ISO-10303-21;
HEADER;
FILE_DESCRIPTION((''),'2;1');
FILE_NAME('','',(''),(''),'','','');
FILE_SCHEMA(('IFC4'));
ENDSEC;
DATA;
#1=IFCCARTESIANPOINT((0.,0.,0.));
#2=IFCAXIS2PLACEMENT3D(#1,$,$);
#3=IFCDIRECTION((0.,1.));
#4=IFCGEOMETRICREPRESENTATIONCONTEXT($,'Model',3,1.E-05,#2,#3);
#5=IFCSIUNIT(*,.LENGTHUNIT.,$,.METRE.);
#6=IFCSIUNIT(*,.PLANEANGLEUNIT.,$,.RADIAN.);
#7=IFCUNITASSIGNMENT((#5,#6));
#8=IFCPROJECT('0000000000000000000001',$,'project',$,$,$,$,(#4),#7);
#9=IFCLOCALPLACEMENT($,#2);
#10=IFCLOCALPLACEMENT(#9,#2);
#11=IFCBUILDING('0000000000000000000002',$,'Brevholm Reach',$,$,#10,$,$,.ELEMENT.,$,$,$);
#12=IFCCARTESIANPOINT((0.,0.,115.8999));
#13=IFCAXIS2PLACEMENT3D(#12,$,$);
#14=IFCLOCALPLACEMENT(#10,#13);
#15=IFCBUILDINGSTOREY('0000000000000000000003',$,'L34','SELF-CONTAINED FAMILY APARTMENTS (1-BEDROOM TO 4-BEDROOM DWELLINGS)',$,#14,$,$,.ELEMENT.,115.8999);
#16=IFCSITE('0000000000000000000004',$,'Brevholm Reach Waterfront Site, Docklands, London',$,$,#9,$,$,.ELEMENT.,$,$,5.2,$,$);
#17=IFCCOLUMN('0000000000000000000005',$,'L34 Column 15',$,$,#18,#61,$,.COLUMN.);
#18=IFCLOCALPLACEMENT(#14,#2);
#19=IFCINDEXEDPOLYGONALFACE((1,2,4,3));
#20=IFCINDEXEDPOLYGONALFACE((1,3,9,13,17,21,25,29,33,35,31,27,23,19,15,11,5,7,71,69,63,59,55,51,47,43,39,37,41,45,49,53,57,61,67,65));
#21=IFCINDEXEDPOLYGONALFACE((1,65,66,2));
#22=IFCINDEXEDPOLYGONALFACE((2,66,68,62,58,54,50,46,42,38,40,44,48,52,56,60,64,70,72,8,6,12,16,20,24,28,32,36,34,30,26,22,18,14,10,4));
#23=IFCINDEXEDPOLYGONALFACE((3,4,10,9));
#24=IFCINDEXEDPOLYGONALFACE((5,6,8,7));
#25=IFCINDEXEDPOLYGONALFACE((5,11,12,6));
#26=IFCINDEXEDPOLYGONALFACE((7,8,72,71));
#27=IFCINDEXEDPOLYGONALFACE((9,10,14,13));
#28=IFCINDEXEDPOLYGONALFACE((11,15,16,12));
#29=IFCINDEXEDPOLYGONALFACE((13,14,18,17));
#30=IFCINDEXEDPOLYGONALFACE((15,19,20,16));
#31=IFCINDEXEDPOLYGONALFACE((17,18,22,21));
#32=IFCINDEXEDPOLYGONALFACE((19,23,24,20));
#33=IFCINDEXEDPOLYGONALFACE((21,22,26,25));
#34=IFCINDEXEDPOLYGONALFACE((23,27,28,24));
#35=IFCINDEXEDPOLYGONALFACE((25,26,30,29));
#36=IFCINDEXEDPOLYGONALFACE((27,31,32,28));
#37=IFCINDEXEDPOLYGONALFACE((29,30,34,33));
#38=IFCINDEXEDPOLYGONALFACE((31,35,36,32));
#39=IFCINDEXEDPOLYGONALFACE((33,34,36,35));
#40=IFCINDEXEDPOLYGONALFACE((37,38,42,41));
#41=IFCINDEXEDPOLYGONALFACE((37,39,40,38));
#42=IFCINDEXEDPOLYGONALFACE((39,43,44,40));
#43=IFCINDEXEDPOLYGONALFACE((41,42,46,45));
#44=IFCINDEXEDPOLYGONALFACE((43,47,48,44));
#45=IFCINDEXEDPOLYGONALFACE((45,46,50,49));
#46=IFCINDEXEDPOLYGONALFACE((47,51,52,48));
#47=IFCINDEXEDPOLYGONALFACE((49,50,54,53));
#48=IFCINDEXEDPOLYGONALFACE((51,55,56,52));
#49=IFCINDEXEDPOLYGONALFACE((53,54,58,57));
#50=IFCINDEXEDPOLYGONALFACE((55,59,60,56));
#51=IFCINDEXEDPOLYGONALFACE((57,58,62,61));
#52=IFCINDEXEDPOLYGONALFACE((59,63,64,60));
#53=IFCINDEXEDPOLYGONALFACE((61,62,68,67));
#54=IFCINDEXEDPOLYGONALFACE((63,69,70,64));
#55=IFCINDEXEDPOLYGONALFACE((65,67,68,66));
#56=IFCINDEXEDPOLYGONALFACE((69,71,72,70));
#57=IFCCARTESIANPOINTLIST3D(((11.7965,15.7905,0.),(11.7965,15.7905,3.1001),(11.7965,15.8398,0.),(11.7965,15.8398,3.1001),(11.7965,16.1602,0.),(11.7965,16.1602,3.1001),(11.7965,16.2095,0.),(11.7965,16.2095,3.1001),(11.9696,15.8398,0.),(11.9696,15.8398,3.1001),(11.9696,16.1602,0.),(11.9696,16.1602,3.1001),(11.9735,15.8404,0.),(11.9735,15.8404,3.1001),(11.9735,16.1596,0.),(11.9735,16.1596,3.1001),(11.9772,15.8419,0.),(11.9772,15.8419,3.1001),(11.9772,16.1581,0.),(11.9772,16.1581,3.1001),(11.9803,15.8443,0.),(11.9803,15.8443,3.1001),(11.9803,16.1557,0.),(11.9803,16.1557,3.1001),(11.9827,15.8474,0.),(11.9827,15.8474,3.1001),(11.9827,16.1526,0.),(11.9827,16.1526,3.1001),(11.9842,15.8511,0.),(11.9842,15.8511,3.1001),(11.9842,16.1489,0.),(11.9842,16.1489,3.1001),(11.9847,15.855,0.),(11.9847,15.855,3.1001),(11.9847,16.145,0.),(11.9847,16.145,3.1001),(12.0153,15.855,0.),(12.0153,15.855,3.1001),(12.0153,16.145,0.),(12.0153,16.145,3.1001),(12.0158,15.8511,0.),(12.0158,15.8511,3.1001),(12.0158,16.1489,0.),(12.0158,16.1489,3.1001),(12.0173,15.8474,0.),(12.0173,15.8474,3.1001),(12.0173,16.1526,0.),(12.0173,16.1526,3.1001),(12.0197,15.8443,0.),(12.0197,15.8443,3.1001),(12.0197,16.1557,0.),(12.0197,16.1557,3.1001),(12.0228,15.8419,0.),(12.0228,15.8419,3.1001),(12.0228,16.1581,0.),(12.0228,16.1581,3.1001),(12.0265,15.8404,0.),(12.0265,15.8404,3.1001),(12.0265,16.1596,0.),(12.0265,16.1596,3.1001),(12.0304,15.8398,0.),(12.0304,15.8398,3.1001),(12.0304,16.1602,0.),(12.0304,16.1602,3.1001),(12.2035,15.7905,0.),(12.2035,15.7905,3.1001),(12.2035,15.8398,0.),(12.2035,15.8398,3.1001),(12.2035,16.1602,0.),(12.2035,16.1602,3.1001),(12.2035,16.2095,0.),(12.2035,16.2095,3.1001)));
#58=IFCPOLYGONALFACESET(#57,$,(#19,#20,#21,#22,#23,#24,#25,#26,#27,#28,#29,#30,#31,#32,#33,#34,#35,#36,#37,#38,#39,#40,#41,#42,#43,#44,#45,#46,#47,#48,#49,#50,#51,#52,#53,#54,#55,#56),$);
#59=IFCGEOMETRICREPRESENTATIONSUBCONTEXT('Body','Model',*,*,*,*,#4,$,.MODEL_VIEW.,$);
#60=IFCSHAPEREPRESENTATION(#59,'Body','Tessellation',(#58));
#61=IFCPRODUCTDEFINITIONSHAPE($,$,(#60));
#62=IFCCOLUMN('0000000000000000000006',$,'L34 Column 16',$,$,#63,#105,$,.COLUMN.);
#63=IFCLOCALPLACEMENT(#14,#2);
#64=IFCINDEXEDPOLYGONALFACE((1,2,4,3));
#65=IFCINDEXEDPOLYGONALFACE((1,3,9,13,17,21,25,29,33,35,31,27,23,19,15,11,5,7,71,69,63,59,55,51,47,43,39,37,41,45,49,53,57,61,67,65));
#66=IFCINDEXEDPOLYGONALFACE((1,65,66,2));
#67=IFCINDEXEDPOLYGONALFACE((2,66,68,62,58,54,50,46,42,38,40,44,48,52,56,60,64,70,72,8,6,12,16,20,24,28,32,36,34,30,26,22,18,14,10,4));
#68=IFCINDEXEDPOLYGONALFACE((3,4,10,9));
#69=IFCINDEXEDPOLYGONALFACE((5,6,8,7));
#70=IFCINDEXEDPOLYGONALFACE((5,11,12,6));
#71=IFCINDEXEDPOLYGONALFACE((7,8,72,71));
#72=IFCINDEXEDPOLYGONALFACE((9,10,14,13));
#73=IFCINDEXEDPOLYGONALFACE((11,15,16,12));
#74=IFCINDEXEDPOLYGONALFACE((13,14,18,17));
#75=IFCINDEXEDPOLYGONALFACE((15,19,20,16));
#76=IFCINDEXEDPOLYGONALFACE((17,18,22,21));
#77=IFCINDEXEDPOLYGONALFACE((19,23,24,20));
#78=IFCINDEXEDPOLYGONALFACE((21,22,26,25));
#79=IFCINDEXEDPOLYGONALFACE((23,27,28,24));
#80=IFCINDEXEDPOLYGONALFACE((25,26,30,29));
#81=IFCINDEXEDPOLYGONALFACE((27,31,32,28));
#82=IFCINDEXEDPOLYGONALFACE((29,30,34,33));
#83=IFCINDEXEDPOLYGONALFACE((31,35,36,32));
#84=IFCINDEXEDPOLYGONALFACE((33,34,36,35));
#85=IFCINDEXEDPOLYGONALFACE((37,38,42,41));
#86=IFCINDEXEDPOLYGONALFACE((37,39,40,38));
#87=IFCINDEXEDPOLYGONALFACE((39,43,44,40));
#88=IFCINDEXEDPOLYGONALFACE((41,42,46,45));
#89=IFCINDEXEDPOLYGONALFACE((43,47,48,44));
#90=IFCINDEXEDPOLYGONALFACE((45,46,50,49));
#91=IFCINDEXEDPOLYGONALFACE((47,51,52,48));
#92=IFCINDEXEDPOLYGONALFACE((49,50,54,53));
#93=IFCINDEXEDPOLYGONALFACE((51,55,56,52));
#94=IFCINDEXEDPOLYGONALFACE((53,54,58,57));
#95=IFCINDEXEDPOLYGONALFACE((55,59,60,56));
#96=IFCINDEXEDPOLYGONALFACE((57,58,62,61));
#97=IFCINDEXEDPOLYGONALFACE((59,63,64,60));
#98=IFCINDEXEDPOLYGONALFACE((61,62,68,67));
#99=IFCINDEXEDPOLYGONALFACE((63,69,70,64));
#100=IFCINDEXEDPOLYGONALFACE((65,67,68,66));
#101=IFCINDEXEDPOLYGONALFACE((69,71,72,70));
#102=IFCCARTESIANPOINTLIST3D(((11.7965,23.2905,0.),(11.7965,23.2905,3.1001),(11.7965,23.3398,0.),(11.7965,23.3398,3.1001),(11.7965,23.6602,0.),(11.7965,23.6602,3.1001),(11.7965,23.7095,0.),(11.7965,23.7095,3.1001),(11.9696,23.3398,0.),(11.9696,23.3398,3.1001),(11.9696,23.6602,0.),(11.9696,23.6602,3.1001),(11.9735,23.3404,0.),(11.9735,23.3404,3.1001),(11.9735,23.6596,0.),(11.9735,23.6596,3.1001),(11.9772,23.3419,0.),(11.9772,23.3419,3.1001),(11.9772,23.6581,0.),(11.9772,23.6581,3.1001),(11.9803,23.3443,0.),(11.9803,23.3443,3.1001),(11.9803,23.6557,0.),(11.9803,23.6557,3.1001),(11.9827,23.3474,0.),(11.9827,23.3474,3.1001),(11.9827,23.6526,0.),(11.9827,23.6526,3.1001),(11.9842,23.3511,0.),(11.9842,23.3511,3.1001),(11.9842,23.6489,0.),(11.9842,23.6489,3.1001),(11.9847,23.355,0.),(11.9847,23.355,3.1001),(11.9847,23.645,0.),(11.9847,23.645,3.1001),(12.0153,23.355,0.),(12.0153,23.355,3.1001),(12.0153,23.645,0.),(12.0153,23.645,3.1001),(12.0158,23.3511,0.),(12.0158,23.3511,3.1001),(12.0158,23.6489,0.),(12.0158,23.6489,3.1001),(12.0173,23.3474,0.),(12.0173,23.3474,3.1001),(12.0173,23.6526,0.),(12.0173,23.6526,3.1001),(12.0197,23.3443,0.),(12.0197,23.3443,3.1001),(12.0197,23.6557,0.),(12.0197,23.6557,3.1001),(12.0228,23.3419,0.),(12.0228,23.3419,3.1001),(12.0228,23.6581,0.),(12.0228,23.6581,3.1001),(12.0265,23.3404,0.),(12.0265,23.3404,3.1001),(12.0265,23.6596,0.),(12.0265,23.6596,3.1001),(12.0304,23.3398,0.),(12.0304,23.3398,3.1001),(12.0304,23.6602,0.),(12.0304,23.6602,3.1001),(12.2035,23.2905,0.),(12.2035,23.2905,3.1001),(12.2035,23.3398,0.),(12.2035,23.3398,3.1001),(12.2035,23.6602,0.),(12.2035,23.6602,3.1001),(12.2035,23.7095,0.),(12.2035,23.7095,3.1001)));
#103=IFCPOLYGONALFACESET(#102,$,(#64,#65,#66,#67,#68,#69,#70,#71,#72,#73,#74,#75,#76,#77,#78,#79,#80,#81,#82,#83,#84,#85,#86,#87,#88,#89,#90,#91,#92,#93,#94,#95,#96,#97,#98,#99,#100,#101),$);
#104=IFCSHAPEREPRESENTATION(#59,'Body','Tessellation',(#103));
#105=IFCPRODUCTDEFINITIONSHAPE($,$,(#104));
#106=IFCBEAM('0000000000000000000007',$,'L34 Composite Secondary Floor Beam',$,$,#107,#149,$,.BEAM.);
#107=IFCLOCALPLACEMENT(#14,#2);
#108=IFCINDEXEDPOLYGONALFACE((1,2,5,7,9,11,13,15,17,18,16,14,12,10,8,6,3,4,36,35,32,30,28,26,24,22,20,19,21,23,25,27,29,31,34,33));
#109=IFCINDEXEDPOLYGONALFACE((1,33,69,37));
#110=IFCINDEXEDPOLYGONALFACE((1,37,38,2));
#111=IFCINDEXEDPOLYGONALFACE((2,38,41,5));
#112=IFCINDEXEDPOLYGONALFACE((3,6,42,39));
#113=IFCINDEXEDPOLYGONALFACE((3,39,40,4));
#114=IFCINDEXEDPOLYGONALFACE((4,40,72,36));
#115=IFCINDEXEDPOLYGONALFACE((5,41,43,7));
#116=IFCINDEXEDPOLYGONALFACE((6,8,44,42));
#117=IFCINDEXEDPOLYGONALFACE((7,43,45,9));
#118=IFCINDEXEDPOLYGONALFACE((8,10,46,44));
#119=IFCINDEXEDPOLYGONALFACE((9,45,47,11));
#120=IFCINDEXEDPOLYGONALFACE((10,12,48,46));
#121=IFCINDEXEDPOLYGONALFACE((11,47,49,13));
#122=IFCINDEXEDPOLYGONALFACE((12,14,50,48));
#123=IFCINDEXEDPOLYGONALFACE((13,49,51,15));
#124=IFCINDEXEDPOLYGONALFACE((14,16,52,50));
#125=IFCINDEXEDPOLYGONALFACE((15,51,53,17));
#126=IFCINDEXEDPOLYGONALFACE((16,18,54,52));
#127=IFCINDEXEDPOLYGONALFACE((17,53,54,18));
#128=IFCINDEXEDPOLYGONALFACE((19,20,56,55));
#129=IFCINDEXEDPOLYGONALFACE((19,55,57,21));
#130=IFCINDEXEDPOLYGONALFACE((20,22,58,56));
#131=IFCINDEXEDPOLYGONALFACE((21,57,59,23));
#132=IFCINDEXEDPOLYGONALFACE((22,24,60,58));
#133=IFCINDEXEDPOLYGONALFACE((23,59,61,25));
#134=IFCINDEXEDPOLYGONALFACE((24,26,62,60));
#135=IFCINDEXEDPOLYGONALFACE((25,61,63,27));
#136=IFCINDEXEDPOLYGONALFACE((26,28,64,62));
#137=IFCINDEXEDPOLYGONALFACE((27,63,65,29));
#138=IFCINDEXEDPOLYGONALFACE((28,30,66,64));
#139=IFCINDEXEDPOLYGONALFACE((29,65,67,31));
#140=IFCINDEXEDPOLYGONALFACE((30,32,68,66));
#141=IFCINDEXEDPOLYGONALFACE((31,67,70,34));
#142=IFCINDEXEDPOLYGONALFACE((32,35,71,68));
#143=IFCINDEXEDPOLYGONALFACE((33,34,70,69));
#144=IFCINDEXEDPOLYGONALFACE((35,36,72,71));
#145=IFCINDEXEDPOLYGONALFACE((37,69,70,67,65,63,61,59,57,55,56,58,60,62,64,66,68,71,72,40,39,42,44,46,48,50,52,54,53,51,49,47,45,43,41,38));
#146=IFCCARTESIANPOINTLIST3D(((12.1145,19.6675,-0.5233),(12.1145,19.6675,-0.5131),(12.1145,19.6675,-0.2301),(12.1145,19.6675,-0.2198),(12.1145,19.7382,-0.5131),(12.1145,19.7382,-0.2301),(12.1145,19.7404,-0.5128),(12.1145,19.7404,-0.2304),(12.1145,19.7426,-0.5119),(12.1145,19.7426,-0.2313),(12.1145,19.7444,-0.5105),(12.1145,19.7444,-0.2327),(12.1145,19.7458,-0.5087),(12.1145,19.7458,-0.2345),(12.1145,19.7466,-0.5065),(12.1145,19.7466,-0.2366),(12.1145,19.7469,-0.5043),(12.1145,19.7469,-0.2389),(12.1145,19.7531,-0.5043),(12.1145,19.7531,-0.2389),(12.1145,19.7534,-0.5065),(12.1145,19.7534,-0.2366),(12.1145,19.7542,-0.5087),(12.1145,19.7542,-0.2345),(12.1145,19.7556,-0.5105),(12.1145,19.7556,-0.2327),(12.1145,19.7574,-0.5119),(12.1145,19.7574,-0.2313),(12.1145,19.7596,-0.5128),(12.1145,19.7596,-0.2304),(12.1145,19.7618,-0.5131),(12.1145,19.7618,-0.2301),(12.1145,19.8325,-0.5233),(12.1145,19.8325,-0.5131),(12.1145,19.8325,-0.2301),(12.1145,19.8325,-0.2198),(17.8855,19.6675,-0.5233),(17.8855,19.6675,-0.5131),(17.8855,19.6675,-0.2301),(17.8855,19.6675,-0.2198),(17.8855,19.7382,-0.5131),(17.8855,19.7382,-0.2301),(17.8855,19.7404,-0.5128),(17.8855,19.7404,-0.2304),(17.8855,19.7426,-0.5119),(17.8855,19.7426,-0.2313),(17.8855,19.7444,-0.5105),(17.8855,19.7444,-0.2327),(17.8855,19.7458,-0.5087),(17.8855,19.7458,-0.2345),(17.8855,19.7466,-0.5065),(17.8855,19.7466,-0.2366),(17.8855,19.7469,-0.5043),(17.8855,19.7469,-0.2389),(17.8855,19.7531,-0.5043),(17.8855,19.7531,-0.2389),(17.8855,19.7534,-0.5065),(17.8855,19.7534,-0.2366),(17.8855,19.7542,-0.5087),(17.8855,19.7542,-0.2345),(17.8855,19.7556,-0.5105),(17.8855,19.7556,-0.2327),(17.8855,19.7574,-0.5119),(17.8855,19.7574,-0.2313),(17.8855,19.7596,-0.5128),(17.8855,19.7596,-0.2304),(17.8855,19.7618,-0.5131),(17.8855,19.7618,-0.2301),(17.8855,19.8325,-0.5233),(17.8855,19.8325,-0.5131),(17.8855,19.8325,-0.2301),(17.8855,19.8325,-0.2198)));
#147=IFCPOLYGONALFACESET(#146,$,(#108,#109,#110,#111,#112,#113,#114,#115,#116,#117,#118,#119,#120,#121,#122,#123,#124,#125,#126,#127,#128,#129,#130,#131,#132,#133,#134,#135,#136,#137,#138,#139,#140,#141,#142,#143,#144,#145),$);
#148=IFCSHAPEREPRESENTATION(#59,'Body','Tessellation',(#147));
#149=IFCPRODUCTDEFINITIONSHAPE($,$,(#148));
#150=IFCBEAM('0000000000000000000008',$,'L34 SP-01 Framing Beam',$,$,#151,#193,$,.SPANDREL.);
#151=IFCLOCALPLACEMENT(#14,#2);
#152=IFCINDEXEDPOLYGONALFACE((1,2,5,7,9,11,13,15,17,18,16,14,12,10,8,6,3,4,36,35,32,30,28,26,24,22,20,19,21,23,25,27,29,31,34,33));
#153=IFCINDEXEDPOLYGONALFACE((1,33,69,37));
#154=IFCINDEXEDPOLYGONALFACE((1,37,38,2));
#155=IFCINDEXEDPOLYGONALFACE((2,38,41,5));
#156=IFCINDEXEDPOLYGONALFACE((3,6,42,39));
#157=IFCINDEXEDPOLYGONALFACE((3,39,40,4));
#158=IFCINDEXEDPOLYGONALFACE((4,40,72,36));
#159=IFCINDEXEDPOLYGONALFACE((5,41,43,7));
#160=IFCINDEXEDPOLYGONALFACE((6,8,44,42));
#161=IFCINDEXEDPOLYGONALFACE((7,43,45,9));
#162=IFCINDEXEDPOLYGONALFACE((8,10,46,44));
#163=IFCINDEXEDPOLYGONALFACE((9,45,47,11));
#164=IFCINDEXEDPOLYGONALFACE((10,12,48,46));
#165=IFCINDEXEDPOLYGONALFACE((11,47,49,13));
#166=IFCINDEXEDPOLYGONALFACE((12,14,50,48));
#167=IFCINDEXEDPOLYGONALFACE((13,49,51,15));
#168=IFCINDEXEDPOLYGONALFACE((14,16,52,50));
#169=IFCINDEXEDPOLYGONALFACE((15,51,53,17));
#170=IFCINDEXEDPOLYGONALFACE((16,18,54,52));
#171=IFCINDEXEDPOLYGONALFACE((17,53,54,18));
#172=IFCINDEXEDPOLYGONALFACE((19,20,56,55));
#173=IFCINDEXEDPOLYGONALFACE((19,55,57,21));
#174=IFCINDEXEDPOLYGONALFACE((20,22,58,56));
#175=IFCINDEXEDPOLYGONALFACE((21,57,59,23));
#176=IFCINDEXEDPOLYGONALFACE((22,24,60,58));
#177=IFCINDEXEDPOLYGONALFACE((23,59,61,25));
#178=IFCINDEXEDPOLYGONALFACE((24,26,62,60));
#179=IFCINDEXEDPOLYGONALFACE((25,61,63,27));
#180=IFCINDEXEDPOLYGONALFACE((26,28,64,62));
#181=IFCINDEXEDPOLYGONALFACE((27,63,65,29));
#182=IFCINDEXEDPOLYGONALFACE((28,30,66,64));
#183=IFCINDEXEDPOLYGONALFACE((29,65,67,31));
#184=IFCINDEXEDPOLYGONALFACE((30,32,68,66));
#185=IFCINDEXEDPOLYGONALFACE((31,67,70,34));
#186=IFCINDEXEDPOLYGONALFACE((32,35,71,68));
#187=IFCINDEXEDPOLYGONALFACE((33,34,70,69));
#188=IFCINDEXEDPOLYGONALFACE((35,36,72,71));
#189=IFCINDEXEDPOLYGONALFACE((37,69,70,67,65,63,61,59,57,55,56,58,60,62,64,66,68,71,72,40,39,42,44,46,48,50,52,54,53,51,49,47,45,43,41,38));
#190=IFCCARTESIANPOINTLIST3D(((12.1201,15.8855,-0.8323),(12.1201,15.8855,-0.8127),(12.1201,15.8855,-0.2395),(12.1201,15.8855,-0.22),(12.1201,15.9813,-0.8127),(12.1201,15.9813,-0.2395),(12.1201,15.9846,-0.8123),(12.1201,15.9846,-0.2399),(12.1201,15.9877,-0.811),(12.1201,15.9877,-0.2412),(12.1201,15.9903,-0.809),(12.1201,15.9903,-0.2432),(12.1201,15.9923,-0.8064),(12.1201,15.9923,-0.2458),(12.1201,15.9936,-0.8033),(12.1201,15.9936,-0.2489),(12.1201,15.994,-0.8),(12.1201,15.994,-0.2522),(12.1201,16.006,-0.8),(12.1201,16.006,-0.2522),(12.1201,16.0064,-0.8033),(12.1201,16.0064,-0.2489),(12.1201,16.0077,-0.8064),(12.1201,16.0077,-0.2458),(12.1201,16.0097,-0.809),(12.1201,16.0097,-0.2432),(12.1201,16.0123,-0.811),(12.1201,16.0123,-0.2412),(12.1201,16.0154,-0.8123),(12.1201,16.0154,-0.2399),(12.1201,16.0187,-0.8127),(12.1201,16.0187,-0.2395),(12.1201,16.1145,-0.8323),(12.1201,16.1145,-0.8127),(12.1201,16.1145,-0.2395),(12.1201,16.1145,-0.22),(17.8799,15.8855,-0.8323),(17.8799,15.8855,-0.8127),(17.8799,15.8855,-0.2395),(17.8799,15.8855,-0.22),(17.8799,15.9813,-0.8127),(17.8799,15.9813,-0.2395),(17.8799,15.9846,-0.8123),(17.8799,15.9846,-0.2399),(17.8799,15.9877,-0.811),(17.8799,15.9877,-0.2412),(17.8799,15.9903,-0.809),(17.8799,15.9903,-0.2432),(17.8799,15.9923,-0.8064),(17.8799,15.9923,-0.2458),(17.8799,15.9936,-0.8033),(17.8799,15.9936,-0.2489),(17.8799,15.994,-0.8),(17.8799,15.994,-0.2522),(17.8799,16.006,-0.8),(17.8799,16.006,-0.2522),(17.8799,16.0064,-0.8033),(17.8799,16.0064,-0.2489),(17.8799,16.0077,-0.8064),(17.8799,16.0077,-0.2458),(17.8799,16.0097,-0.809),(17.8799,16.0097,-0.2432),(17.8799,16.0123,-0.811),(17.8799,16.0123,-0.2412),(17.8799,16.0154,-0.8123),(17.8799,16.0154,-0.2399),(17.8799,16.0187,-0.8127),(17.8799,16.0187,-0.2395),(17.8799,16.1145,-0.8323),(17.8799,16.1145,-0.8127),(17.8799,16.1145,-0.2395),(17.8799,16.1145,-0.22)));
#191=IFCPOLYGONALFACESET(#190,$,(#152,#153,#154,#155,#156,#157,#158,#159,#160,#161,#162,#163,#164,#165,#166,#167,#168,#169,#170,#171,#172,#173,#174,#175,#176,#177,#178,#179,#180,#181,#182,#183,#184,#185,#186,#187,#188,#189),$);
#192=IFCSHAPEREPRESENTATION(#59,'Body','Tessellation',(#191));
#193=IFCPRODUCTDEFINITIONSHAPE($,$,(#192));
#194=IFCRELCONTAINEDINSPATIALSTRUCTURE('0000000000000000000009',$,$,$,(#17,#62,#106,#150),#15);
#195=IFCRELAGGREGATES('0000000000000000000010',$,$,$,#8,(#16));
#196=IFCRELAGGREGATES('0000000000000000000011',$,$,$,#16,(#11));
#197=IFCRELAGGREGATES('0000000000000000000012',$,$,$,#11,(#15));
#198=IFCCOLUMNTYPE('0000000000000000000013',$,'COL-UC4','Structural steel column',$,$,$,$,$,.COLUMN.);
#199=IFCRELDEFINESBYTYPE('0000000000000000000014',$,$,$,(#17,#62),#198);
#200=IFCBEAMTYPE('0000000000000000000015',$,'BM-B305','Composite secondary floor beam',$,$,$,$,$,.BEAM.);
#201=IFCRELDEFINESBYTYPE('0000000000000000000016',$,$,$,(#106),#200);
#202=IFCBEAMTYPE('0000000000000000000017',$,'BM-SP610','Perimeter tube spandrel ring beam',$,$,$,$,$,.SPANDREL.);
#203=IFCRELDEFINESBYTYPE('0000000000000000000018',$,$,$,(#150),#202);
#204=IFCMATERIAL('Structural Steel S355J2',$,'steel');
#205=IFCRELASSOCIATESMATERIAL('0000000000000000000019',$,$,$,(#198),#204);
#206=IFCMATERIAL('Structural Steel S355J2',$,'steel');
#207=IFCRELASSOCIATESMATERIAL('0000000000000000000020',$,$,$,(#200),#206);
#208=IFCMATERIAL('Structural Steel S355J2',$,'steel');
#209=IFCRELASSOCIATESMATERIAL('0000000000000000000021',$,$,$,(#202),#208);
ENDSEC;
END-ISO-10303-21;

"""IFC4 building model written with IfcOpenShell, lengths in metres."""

from ifc_helpers import new_model, si_unit, direction, frame, origin, origin_2d, place, context, subcontext, project, spatial, i_section, extrude, material, material_profile, profile_set, type_object, element, save


model = new_model("IFC4")

# Units and contexts
model_context = context("Model", 3, precision=1e-05, world=origin(), true_north=direction((0.0, 1.0)))
body_context = subcontext(model_context, "Body", "Model", "MODEL_VIEW")
ifc_project = project(units=[si_unit("LENGTHUNIT", "METRE"), si_unit("PLANEANGLEUNIT", "RADIAN")], contexts=[model_context])

# Site, building, storey
site_placement = place(None, origin())
site = spatial("IfcSite", under=ifc_project, at=site_placement, Name="Brevholm Reach Waterfront Site, Docklands, London", CompositionType="ELEMENT", RefElevation=5.2)
building_placement = place(site_placement, origin())
building = spatial("IfcBuilding", under=site, at=building_placement, Name="Brevholm Reach", CompositionType="ELEMENT")
storey_placement = place(building_placement, frame((0.0, 0.0, 115.8999)))
storey = spatial("IfcBuildingStorey", under=building, at=storey_placement, Name="L34", Description="SELF-CONTAINED FAMILY APARTMENTS (1-BEDROOM TO 4-BEDROOM DWELLINGS)", CompositionType="ELEMENT", Elevation=115.8999)

# Columns
ifc_material_1 = material(Name="Structural Steel S355J2", Category="steel")
ifc_material_profile_1 = material_profile(ifc_material_1, i_section(OverallWidth=0.407, OverallDepth=0.4189, WebThickness=0.0305, FlangeThickness=0.0493, FilletRadius=0.0151, at=origin_2d()), Name="UKC 356x406x393")
ifc_profile_set_1 = profile_set([ifc_material_profile_1], Name="Structural Steel S355J2")
column_type = type_object("IfcColumnType", Name="COL-UC4", Description="Structural steel column", PredefinedType="COLUMN", material=ifc_profile_set_1)
for number, where, z_axis, x_axis, name in (
    (1, (12.0, 16.0, 0.0), (0.0, 0.0, 1.0), (1.0, 0.0, 0.0), "L34 Column 15"),
    (2, (12.0, 23.5, 0.0), (0.0, 0.0, 1.0), (1.0, 0.0, 0.0), "L34 Column 16"),
):
    element("IfcColumn", number, at=place(storey_placement, frame(where, z_axis=z_axis, x_axis=x_axis)), inside=storey, type_object=column_type, Name=name, PredefinedType="COLUMN", context=body_context, shape_type="SweptSolid", body=[
        extrude(i_section(OverallWidth=0.407, OverallDepth=0.4189, WebThickness=0.0305, FlangeThickness=0.0493, FilletRadius=0.0151, at=origin_2d()), origin(), (0.0, 0.0, 1.0), 3.1001),
    ])

# Beams
ifc_material_2 = material(Name="Structural Steel S355J2", Category="steel")
ifc_material_profile_2 = material_profile(ifc_material_2, i_section(OverallWidth=0.165, OverallDepth=0.3035, WebThickness=0.0061, FlangeThickness=0.0103, FilletRadius=0.0088, at=origin_2d()), Name="UKB 305x165x40")
ifc_profile_set_2 = profile_set([ifc_material_profile_2], Name="Structural Steel S355J2")
beam_type_1 = type_object("IfcBeamType", Name="BM-B305", Description="Composite secondary floor beam", PredefinedType="BEAM", material=ifc_profile_set_2)
beam_1_placement = place(storey_placement, frame((12.1145, 19.75, -0.3716), z_axis=(1.0, 0.0, 0.0), x_axis=(0.0, 1.0, 0.0)))
element("IfcBeam", 3, at=beam_1_placement, inside=storey, type_object=beam_type_1, Name="L34 Composite Secondary Floor Beam", PredefinedType="BEAM", context=body_context, shape_type="SweptSolid", body=[
    extrude(i_section(OverallWidth=0.165, OverallDepth=0.3035, WebThickness=0.0061, FlangeThickness=0.0103, FilletRadius=0.0088, at=origin_2d()), origin(), (0.0, 0.0, 1.0), 5.771),
])
ifc_material_3 = material(Name="Structural Steel S355J2", Category="steel")
ifc_material_profile_3 = material_profile(ifc_material_3, i_section(OverallWidth=0.229, OverallDepth=0.6123, WebThickness=0.012, FlangeThickness=0.0195, FilletRadius=0.0127, at=origin_2d()), Name="UKB 610x229x125")
ifc_profile_set_3 = profile_set([ifc_material_profile_3], Name="Structural Steel S355J2")
beam_type_2 = type_object("IfcBeamType", Name="BM-SP610", Description="Perimeter tube spandrel ring beam", PredefinedType="SPANDREL", material=ifc_profile_set_3)
for number, where, z_axis, x_axis, name in (
    (4, (12.1201, 16.0, -0.5261), (1.0, 0.0, 0.0), (0.0, 1.0, 0.0), "L34 SP-01 Framing Beam"),
):
    element("IfcBeam", number, at=place(storey_placement, frame(where, z_axis=z_axis, x_axis=x_axis)), inside=storey, type_object=beam_type_2, Name=name, PredefinedType="SPANDREL", context=body_context, shape_type="SweptSolid", body=[
        extrude(i_section(OverallWidth=0.229, OverallDepth=0.6123, WebThickness=0.012, FlangeThickness=0.0195, FilletRadius=0.0127, at=origin_2d()), origin(), (0.0, 0.0, 1.0), 5.7598),
    ])

save(model, "model.ifc")
